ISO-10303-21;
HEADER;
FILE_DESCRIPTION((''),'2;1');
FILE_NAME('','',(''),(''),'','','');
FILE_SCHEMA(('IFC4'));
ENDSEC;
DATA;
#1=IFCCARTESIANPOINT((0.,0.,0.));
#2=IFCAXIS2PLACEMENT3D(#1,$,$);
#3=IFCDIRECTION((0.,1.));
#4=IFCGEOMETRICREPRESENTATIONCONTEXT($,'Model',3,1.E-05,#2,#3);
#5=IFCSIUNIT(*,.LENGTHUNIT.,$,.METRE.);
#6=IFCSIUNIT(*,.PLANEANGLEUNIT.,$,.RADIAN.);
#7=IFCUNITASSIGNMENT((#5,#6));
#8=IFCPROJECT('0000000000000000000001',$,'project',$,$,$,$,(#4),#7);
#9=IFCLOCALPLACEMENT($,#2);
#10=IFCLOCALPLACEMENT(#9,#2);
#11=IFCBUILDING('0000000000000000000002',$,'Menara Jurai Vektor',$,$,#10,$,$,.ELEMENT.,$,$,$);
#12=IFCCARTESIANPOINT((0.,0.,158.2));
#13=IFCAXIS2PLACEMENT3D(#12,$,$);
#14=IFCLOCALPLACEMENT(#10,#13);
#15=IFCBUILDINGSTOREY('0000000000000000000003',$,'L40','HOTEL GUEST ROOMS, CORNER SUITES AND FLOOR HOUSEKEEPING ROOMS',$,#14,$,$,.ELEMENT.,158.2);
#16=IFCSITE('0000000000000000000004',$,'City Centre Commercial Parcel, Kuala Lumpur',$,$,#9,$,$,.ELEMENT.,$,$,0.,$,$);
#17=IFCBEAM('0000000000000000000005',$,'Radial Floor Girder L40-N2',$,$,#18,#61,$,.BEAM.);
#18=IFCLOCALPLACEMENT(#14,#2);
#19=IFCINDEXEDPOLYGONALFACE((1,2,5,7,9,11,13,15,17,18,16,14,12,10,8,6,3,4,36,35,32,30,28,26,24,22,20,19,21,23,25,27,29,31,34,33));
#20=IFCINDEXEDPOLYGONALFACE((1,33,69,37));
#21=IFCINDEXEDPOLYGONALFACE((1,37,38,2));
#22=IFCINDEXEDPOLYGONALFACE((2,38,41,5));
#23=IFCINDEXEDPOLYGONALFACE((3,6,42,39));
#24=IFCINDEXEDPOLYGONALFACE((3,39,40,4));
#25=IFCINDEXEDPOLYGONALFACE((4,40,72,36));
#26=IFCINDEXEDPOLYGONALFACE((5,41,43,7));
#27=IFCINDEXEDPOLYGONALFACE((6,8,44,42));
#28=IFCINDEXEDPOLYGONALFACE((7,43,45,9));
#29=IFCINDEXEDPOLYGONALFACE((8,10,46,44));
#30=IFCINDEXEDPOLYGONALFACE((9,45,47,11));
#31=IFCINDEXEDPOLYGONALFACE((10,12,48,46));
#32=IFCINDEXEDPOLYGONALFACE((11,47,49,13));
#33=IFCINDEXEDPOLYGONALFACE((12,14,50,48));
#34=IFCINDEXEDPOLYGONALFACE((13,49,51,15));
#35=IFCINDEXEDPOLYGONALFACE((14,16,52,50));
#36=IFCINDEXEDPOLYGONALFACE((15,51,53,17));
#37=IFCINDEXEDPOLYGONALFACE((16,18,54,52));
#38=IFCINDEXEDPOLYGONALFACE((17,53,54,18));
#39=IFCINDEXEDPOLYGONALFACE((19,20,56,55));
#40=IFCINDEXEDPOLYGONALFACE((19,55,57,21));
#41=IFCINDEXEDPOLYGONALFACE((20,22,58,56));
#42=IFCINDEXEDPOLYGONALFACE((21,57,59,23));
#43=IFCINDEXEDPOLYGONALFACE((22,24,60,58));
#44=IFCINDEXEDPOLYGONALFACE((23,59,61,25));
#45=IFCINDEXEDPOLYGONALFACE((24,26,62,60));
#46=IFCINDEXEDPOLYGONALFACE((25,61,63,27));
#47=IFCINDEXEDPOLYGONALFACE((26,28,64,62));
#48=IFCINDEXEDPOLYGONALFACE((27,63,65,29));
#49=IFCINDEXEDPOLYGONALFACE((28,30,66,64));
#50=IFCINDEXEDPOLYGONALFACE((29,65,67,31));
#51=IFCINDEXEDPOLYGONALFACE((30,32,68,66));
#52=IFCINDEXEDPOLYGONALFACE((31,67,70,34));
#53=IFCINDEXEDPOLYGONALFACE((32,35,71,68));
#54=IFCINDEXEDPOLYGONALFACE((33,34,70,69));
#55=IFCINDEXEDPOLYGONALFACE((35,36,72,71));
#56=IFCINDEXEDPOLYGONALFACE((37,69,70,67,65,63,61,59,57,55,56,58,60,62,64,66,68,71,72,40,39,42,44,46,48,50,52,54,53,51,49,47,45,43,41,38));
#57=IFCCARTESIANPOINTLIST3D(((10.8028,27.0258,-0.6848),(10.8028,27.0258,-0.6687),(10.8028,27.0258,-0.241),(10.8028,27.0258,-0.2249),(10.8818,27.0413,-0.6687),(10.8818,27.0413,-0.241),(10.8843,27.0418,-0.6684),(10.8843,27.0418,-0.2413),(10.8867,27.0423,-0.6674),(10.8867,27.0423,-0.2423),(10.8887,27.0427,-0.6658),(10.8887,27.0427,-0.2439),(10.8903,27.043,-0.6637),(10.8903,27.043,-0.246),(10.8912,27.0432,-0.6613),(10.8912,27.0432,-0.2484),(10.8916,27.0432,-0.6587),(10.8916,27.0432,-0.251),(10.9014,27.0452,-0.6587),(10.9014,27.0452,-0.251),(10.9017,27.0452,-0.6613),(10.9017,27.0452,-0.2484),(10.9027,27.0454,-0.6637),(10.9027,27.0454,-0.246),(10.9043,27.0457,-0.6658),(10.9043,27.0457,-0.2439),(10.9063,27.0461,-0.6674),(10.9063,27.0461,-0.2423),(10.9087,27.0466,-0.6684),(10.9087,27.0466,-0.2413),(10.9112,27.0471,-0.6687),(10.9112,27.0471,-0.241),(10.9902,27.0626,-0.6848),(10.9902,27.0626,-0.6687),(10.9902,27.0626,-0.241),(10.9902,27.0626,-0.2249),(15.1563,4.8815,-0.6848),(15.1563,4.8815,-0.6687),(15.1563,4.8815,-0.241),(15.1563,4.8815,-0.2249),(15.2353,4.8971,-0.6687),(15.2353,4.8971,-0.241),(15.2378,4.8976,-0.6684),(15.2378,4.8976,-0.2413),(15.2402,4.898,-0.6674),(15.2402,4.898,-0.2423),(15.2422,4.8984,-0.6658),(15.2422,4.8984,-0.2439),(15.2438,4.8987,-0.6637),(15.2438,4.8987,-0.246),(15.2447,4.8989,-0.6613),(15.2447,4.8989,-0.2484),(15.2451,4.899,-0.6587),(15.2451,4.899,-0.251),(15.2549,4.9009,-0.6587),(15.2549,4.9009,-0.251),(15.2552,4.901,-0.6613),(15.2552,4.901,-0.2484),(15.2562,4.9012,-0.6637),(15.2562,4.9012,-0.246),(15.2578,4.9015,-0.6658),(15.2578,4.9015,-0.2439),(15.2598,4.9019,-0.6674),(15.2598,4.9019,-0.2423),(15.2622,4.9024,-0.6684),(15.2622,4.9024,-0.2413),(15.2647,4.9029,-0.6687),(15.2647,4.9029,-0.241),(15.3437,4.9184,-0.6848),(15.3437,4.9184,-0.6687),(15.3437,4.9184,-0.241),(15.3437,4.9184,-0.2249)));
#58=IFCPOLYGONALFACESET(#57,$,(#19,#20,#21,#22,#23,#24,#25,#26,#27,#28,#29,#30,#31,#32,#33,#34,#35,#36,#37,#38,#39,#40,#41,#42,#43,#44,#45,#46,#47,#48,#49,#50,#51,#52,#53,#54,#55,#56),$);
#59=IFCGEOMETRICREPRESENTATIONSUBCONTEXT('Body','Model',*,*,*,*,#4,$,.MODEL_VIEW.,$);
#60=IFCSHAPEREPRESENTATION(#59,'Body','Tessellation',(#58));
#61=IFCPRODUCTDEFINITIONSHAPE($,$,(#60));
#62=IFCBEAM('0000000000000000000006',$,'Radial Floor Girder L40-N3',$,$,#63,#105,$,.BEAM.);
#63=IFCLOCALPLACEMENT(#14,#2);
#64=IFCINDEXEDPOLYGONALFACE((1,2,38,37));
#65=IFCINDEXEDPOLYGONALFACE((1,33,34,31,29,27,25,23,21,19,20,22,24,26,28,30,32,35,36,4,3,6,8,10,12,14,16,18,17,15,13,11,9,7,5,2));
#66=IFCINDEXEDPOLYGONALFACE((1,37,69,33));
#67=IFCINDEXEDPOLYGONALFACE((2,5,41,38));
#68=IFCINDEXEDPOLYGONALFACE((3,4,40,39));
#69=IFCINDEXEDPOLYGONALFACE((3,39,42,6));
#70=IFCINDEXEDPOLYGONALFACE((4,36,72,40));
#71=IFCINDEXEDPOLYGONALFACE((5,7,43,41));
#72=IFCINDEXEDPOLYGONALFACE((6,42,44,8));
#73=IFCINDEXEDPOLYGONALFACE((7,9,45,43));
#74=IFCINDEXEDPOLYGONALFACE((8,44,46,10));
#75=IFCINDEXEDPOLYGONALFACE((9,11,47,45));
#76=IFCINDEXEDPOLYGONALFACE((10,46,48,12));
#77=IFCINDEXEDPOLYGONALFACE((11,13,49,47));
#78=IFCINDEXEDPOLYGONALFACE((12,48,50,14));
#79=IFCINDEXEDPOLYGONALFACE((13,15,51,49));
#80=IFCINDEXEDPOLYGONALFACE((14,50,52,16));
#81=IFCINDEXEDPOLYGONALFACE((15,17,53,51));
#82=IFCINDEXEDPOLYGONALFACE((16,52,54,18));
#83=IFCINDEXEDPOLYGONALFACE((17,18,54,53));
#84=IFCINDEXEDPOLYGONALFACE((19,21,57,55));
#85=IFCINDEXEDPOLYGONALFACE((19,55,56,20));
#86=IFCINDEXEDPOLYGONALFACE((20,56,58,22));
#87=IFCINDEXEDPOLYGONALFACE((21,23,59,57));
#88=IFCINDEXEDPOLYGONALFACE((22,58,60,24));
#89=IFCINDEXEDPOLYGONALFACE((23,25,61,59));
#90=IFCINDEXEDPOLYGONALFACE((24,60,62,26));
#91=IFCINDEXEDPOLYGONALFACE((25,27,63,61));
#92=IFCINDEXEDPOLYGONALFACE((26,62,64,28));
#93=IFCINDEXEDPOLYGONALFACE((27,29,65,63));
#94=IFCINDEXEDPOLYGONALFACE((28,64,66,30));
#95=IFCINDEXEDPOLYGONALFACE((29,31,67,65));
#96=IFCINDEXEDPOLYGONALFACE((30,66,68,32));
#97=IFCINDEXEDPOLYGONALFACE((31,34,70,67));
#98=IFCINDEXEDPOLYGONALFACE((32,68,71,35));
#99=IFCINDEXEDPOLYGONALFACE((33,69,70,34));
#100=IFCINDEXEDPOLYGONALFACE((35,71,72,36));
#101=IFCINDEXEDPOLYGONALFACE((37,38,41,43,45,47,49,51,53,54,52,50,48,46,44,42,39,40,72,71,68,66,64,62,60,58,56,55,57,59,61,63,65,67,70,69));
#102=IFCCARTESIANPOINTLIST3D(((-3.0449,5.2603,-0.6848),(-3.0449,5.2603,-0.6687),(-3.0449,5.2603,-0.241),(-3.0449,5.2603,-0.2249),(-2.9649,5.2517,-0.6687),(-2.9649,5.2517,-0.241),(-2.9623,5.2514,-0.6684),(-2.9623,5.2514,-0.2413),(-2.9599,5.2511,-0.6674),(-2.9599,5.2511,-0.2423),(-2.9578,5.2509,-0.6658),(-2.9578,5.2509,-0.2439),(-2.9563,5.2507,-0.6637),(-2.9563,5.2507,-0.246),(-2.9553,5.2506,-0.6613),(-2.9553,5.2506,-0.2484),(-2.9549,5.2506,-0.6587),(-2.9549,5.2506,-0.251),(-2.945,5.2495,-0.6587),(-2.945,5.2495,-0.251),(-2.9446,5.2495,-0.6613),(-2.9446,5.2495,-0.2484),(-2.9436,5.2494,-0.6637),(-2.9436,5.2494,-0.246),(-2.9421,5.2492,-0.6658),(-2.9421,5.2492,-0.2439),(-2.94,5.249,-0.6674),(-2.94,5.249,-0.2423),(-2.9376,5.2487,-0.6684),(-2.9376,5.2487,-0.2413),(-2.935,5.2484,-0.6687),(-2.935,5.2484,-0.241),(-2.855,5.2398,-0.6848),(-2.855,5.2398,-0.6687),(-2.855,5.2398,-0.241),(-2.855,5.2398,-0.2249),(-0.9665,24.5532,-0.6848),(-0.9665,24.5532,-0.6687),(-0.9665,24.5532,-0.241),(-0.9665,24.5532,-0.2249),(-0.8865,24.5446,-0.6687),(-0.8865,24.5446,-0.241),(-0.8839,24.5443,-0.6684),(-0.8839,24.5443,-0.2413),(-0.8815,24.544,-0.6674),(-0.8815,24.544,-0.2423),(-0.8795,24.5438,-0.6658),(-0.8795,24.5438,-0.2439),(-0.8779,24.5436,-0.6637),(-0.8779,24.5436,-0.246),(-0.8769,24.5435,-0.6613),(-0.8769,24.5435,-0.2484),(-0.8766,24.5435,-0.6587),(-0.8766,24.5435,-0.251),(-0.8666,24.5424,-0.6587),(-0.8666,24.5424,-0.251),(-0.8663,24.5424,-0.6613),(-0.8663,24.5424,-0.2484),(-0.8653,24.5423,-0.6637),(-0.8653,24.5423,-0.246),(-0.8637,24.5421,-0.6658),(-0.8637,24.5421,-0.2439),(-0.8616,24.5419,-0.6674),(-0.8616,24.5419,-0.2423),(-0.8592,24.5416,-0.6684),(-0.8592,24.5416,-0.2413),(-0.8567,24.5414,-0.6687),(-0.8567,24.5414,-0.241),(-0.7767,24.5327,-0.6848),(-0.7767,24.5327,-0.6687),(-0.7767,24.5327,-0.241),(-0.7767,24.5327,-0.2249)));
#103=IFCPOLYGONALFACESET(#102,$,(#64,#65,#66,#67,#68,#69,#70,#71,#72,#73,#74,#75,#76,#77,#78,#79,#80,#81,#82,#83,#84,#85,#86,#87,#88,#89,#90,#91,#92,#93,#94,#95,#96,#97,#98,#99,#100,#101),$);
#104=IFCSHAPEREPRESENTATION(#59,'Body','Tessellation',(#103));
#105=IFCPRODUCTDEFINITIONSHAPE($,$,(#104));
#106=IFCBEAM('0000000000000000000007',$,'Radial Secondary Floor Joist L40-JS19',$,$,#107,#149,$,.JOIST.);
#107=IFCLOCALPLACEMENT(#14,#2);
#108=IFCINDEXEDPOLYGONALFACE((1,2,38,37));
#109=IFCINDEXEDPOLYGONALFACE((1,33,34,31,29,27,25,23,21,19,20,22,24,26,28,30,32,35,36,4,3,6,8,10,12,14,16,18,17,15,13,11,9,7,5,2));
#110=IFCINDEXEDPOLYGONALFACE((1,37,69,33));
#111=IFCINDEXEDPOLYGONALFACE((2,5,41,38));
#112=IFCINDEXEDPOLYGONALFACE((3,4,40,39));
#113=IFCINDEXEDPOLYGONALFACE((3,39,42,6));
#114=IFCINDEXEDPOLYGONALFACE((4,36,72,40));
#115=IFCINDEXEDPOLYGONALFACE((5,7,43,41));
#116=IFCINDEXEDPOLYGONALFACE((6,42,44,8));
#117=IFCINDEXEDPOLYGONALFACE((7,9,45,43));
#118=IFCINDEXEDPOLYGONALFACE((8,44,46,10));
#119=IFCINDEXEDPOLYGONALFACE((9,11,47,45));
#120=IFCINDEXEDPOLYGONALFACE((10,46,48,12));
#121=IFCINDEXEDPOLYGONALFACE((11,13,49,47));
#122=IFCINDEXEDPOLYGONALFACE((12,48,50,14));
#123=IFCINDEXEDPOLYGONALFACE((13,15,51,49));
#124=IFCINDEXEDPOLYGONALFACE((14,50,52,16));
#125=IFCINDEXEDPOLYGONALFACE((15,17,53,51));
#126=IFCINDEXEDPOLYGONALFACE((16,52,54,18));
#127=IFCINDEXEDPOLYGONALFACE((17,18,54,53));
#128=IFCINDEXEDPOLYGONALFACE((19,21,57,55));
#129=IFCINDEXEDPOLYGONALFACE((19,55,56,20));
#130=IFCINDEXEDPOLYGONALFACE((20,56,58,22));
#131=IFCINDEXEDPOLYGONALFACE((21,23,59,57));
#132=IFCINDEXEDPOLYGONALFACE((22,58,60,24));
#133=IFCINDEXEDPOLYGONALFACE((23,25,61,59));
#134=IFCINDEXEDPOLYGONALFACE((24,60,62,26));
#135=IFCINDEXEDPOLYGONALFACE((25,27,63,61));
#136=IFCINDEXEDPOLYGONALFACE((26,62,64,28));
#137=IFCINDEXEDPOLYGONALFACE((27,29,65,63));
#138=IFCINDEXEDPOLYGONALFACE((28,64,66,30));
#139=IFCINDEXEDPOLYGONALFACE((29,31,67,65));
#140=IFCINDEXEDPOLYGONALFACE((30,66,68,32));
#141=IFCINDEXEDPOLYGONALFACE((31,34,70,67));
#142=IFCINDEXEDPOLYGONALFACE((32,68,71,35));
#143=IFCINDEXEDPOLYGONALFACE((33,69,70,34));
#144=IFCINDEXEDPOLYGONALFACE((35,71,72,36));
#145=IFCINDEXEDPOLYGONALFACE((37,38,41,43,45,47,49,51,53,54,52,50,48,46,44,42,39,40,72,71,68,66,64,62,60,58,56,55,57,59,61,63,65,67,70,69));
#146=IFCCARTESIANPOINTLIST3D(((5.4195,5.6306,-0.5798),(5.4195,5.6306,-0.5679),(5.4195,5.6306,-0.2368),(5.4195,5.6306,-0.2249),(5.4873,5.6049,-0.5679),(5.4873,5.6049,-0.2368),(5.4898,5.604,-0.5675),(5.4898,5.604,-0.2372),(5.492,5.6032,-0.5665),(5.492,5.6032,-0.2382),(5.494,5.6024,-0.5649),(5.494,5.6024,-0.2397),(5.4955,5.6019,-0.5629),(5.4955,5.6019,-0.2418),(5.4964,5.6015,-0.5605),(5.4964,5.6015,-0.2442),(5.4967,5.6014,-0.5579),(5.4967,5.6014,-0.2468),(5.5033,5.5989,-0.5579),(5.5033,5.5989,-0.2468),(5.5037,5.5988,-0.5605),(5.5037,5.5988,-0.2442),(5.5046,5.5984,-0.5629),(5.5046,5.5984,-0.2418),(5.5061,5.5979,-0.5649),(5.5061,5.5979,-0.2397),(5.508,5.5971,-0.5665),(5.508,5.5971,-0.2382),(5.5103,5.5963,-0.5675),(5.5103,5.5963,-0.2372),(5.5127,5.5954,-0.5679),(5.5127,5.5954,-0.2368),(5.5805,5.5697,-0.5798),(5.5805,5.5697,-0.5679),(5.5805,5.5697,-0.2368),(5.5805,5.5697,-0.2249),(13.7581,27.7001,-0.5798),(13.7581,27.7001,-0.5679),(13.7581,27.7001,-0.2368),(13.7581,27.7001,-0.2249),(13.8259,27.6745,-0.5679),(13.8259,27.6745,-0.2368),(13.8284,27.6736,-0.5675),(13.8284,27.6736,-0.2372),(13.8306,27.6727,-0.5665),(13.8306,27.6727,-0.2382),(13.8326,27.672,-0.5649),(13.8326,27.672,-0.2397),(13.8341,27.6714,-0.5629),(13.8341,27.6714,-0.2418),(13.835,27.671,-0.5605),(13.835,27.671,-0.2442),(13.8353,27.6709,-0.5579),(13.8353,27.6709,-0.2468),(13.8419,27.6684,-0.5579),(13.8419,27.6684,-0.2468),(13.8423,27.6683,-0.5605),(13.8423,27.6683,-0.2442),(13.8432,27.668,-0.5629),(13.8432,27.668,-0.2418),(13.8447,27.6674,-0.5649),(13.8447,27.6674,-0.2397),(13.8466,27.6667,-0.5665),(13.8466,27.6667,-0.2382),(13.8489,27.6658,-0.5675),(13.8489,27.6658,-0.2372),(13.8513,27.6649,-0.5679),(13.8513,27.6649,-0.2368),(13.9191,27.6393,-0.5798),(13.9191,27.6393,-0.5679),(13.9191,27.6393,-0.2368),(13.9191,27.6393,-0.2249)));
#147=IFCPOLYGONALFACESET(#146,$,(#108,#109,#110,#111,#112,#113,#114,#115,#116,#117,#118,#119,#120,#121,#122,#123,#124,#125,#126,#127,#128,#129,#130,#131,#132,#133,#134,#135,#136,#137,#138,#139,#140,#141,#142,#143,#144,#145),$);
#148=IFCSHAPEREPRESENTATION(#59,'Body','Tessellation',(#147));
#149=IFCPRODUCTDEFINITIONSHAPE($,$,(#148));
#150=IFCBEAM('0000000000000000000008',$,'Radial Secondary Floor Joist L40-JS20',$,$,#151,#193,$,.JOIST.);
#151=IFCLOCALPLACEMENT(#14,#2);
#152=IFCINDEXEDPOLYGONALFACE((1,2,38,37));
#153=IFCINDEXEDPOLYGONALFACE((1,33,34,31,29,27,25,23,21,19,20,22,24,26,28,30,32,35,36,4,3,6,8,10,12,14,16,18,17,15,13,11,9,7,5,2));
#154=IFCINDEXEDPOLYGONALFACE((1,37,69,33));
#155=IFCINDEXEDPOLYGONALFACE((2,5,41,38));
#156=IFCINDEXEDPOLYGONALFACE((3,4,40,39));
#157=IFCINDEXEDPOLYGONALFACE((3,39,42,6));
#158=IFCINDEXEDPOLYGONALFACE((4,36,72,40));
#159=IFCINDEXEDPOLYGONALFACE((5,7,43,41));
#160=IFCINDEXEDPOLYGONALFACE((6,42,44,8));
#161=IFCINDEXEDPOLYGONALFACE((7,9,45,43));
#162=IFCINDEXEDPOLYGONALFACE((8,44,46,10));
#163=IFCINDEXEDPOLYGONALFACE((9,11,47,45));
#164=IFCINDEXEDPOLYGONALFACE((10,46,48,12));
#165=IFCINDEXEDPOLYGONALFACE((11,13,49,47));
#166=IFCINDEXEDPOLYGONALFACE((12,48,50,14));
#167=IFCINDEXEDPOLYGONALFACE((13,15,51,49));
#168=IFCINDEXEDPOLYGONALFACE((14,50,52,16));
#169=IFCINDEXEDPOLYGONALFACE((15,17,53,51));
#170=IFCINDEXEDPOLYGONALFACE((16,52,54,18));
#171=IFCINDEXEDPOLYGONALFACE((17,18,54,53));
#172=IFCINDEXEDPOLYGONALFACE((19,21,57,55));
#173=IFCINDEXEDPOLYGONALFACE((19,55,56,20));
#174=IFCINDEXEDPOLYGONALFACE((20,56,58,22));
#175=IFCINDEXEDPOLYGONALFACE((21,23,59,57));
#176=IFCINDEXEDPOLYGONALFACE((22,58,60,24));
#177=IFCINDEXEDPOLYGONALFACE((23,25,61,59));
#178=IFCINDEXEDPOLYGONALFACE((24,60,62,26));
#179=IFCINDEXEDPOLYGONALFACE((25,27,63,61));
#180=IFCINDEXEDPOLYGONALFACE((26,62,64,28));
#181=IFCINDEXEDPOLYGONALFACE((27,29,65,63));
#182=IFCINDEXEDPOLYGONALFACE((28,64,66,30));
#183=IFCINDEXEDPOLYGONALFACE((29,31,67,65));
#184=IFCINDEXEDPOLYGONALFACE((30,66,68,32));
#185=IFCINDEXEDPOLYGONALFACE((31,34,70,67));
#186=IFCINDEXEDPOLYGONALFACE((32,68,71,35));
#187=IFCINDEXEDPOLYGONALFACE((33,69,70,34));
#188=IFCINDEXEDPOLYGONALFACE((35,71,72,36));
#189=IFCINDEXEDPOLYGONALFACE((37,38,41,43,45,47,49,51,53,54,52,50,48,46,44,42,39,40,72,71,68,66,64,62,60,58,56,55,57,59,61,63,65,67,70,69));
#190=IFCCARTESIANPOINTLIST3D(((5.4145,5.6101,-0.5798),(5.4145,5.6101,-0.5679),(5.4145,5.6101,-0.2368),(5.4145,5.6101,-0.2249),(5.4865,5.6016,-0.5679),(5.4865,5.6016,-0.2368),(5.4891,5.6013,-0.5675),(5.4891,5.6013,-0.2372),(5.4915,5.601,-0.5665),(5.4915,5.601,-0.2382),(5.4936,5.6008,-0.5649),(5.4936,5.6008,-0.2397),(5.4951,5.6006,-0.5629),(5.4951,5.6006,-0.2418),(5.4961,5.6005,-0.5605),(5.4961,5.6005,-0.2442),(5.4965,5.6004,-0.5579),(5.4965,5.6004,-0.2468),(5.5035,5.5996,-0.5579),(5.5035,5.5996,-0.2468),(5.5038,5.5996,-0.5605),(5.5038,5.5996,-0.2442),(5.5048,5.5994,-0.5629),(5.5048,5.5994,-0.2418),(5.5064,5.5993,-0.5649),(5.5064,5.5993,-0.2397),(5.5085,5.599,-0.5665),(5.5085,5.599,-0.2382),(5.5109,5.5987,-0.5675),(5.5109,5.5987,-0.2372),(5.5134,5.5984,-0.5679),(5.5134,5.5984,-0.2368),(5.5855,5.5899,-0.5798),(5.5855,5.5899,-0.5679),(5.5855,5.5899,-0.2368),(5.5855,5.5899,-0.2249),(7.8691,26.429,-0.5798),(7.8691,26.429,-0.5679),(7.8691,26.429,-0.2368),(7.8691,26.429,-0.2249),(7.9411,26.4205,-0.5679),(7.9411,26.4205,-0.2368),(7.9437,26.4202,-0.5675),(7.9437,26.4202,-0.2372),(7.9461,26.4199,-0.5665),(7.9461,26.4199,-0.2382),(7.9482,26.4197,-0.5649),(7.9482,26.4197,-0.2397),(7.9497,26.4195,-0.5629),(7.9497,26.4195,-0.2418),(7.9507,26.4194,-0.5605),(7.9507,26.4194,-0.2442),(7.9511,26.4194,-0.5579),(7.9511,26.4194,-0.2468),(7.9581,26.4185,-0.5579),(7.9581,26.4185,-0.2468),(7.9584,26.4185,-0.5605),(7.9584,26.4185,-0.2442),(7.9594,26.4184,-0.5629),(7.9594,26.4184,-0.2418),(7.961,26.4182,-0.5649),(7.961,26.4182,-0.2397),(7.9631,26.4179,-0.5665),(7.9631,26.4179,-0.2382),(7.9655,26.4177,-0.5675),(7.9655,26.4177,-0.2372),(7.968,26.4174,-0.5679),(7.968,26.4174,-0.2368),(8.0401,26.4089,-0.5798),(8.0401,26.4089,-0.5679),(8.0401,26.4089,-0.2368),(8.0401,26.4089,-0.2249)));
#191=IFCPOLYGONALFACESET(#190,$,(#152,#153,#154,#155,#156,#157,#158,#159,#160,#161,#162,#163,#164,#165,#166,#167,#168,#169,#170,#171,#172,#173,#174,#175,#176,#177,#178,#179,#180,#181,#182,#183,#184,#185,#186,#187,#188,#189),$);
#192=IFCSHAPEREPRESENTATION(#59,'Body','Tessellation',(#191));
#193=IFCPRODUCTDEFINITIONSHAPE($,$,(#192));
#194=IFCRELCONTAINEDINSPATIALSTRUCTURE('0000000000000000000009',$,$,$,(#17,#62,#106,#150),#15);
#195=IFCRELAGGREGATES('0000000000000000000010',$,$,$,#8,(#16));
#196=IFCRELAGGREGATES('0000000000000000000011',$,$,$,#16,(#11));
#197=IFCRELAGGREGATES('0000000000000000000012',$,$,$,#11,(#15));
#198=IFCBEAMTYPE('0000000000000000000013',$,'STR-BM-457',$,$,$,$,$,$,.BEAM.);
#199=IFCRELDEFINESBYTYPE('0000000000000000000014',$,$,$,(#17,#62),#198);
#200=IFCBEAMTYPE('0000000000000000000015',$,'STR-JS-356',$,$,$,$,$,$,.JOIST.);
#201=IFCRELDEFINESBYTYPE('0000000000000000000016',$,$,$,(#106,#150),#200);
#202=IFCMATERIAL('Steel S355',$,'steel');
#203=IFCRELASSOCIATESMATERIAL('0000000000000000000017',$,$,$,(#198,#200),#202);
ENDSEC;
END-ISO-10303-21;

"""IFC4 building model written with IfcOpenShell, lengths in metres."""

from ifc_helpers import new_model, si_unit, direction, frame, origin, origin_2d, place, context, subcontext, project, spatial, i_section, extrude, material, material_profile, profile_set, type_object, element, save


model = new_model("IFC4")

# Units and contexts
model_context = context("Model", 3, precision=1e-05, world=origin(), true_north=direction((0.0, 1.0)))
body_context = subcontext(model_context, "Body", "Model", "MODEL_VIEW")
ifc_project = project(units=[si_unit("LENGTHUNIT", "METRE"), si_unit("PLANEANGLEUNIT", "RADIAN")], contexts=[model_context])

# Site, building, storey
site_placement = place(None, origin())
site = spatial("IfcSite", under=ifc_project, at=site_placement, Name="City Centre Commercial Parcel, Kuala Lumpur", CompositionType="ELEMENT", RefElevation=0.0)
building_placement = place(site_placement, origin())
building = spatial("IfcBuilding", under=site, at=building_placement, Name="Menara Jurai Vektor", CompositionType="ELEMENT")
storey_placement = place(building_placement, frame((0.0, 0.0, 158.2)))
storey = spatial("IfcBuildingStorey", under=building, at=storey_placement, Name="L40", Description="HOTEL GUEST ROOMS, CORNER SUITES AND FLOOR HOUSEKEEPING ROOMS", CompositionType="ELEMENT", Elevation=158.2)

# Beams
ifc_material_1 = material(Name="Steel S355", Category="steel")
ifc_material_profile_1 = material_profile(ifc_material_1, i_section(OverallWidth=0.1909, OverallDepth=0.46, WebThickness=0.01, FlangeThickness=0.0161, FilletRadius=0.01, at=origin_2d()), Name="UKB 457x191x82")
ifc_profile_set_1 = profile_set([ifc_material_profile_1], Name="Steel S355")
beam_type_1 = type_object("IfcBeamType", Name="STR-BM-457", PredefinedType="BEAM", material=ifc_profile_set_1)
beam_1_placement = place(storey_placement, frame((10.8965, 27.0442, -0.4548), z_axis=(0.192905, -0.981217, 0.0), x_axis=(0.981217, 0.192905, 0.0)))
element("IfcBeam", 1, at=beam_1_placement, inside=storey, type_object=beam_type_1, Name="Radial Floor Girder L40-N2", PredefinedType="BEAM", context=body_context, shape_type="SweptSolid", body=[
    extrude(i_section(OverallWidth=0.1909, OverallDepth=0.46, WebThickness=0.01, FlangeThickness=0.0161, FilletRadius=0.01, at=origin_2d()), origin(), (0.0, 0.0, 1.0), 22.5681),
])
beam_2_placement = place(storey_placement, frame((-0.8716, 24.543, -0.4548), z_axis=(-0.107107, -0.994247, 0.0), x_axis=(0.994247, -0.107107, 0.0)))
element("IfcBeam", 2, at=beam_2_placement, inside=storey, type_object=beam_type_1, Name="Radial Floor Girder L40-N3", PredefinedType="BEAM", context=body_context, shape_type="SweptSolid", body=[
    extrude(i_section(OverallWidth=0.1909, OverallDepth=0.46, WebThickness=0.01, FlangeThickness=0.0161, FilletRadius=0.01, at=origin_2d()), origin(), (0.0, 0.0, 1.0), 19.4045),
])
ifc_material_profile_2 = material_profile(ifc_material_1, i_section(OverallWidth=0.1721, OverallDepth=0.355, WebThickness=0.0071, FlangeThickness=0.012, FilletRadius=0.01, at=origin_2d()), Name="UKB 356x171x51")
ifc_profile_set_2 = profile_set([ifc_material_profile_2], Name="Steel S355")
beam_type_2 = type_object("IfcBeamType", Name="STR-JS-356", PredefinedType="JOIST", material=ifc_profile_set_2)
beam_3_placement = place(storey_placement, frame((13.8386, 27.6697, -0.4023), z_axis=(-0.353446, -0.935455, 0.0), x_axis=(0.935455, -0.353446, 0.0)))
element("IfcBeam", 3, at=beam_3_placement, inside=storey, type_object=beam_type_2, Name="Radial Secondary Floor Joist L40-JS19", PredefinedType="JOIST", context=body_context, shape_type="SweptSolid", body=[
    extrude(i_section(OverallWidth=0.1721, OverallDepth=0.355, WebThickness=0.0071, FlangeThickness=0.012, FilletRadius=0.01, at=origin_2d()), origin(), (0.0, 0.0, 1.0), 23.5923),
])
beam_4_placement = place(storey_placement, frame((7.9546, 26.4189, -0.4023), z_axis=(-0.117091, -0.993121, 0.0), x_axis=(0.993121, -0.117091, 0.0)))
element("IfcBeam", 4, at=beam_4_placement, inside=storey, type_object=beam_type_2, Name="Radial Secondary Floor Joist L40-JS20", PredefinedType="JOIST", context=body_context, shape_type="SweptSolid", body=[
    extrude(i_section(OverallWidth=0.1721, OverallDepth=0.355, WebThickness=0.0071, FlangeThickness=0.012, FilletRadius=0.01, at=origin_2d()), origin(), (0.0, 0.0, 1.0), 20.9631),
])

save(model, "model.ifc")
